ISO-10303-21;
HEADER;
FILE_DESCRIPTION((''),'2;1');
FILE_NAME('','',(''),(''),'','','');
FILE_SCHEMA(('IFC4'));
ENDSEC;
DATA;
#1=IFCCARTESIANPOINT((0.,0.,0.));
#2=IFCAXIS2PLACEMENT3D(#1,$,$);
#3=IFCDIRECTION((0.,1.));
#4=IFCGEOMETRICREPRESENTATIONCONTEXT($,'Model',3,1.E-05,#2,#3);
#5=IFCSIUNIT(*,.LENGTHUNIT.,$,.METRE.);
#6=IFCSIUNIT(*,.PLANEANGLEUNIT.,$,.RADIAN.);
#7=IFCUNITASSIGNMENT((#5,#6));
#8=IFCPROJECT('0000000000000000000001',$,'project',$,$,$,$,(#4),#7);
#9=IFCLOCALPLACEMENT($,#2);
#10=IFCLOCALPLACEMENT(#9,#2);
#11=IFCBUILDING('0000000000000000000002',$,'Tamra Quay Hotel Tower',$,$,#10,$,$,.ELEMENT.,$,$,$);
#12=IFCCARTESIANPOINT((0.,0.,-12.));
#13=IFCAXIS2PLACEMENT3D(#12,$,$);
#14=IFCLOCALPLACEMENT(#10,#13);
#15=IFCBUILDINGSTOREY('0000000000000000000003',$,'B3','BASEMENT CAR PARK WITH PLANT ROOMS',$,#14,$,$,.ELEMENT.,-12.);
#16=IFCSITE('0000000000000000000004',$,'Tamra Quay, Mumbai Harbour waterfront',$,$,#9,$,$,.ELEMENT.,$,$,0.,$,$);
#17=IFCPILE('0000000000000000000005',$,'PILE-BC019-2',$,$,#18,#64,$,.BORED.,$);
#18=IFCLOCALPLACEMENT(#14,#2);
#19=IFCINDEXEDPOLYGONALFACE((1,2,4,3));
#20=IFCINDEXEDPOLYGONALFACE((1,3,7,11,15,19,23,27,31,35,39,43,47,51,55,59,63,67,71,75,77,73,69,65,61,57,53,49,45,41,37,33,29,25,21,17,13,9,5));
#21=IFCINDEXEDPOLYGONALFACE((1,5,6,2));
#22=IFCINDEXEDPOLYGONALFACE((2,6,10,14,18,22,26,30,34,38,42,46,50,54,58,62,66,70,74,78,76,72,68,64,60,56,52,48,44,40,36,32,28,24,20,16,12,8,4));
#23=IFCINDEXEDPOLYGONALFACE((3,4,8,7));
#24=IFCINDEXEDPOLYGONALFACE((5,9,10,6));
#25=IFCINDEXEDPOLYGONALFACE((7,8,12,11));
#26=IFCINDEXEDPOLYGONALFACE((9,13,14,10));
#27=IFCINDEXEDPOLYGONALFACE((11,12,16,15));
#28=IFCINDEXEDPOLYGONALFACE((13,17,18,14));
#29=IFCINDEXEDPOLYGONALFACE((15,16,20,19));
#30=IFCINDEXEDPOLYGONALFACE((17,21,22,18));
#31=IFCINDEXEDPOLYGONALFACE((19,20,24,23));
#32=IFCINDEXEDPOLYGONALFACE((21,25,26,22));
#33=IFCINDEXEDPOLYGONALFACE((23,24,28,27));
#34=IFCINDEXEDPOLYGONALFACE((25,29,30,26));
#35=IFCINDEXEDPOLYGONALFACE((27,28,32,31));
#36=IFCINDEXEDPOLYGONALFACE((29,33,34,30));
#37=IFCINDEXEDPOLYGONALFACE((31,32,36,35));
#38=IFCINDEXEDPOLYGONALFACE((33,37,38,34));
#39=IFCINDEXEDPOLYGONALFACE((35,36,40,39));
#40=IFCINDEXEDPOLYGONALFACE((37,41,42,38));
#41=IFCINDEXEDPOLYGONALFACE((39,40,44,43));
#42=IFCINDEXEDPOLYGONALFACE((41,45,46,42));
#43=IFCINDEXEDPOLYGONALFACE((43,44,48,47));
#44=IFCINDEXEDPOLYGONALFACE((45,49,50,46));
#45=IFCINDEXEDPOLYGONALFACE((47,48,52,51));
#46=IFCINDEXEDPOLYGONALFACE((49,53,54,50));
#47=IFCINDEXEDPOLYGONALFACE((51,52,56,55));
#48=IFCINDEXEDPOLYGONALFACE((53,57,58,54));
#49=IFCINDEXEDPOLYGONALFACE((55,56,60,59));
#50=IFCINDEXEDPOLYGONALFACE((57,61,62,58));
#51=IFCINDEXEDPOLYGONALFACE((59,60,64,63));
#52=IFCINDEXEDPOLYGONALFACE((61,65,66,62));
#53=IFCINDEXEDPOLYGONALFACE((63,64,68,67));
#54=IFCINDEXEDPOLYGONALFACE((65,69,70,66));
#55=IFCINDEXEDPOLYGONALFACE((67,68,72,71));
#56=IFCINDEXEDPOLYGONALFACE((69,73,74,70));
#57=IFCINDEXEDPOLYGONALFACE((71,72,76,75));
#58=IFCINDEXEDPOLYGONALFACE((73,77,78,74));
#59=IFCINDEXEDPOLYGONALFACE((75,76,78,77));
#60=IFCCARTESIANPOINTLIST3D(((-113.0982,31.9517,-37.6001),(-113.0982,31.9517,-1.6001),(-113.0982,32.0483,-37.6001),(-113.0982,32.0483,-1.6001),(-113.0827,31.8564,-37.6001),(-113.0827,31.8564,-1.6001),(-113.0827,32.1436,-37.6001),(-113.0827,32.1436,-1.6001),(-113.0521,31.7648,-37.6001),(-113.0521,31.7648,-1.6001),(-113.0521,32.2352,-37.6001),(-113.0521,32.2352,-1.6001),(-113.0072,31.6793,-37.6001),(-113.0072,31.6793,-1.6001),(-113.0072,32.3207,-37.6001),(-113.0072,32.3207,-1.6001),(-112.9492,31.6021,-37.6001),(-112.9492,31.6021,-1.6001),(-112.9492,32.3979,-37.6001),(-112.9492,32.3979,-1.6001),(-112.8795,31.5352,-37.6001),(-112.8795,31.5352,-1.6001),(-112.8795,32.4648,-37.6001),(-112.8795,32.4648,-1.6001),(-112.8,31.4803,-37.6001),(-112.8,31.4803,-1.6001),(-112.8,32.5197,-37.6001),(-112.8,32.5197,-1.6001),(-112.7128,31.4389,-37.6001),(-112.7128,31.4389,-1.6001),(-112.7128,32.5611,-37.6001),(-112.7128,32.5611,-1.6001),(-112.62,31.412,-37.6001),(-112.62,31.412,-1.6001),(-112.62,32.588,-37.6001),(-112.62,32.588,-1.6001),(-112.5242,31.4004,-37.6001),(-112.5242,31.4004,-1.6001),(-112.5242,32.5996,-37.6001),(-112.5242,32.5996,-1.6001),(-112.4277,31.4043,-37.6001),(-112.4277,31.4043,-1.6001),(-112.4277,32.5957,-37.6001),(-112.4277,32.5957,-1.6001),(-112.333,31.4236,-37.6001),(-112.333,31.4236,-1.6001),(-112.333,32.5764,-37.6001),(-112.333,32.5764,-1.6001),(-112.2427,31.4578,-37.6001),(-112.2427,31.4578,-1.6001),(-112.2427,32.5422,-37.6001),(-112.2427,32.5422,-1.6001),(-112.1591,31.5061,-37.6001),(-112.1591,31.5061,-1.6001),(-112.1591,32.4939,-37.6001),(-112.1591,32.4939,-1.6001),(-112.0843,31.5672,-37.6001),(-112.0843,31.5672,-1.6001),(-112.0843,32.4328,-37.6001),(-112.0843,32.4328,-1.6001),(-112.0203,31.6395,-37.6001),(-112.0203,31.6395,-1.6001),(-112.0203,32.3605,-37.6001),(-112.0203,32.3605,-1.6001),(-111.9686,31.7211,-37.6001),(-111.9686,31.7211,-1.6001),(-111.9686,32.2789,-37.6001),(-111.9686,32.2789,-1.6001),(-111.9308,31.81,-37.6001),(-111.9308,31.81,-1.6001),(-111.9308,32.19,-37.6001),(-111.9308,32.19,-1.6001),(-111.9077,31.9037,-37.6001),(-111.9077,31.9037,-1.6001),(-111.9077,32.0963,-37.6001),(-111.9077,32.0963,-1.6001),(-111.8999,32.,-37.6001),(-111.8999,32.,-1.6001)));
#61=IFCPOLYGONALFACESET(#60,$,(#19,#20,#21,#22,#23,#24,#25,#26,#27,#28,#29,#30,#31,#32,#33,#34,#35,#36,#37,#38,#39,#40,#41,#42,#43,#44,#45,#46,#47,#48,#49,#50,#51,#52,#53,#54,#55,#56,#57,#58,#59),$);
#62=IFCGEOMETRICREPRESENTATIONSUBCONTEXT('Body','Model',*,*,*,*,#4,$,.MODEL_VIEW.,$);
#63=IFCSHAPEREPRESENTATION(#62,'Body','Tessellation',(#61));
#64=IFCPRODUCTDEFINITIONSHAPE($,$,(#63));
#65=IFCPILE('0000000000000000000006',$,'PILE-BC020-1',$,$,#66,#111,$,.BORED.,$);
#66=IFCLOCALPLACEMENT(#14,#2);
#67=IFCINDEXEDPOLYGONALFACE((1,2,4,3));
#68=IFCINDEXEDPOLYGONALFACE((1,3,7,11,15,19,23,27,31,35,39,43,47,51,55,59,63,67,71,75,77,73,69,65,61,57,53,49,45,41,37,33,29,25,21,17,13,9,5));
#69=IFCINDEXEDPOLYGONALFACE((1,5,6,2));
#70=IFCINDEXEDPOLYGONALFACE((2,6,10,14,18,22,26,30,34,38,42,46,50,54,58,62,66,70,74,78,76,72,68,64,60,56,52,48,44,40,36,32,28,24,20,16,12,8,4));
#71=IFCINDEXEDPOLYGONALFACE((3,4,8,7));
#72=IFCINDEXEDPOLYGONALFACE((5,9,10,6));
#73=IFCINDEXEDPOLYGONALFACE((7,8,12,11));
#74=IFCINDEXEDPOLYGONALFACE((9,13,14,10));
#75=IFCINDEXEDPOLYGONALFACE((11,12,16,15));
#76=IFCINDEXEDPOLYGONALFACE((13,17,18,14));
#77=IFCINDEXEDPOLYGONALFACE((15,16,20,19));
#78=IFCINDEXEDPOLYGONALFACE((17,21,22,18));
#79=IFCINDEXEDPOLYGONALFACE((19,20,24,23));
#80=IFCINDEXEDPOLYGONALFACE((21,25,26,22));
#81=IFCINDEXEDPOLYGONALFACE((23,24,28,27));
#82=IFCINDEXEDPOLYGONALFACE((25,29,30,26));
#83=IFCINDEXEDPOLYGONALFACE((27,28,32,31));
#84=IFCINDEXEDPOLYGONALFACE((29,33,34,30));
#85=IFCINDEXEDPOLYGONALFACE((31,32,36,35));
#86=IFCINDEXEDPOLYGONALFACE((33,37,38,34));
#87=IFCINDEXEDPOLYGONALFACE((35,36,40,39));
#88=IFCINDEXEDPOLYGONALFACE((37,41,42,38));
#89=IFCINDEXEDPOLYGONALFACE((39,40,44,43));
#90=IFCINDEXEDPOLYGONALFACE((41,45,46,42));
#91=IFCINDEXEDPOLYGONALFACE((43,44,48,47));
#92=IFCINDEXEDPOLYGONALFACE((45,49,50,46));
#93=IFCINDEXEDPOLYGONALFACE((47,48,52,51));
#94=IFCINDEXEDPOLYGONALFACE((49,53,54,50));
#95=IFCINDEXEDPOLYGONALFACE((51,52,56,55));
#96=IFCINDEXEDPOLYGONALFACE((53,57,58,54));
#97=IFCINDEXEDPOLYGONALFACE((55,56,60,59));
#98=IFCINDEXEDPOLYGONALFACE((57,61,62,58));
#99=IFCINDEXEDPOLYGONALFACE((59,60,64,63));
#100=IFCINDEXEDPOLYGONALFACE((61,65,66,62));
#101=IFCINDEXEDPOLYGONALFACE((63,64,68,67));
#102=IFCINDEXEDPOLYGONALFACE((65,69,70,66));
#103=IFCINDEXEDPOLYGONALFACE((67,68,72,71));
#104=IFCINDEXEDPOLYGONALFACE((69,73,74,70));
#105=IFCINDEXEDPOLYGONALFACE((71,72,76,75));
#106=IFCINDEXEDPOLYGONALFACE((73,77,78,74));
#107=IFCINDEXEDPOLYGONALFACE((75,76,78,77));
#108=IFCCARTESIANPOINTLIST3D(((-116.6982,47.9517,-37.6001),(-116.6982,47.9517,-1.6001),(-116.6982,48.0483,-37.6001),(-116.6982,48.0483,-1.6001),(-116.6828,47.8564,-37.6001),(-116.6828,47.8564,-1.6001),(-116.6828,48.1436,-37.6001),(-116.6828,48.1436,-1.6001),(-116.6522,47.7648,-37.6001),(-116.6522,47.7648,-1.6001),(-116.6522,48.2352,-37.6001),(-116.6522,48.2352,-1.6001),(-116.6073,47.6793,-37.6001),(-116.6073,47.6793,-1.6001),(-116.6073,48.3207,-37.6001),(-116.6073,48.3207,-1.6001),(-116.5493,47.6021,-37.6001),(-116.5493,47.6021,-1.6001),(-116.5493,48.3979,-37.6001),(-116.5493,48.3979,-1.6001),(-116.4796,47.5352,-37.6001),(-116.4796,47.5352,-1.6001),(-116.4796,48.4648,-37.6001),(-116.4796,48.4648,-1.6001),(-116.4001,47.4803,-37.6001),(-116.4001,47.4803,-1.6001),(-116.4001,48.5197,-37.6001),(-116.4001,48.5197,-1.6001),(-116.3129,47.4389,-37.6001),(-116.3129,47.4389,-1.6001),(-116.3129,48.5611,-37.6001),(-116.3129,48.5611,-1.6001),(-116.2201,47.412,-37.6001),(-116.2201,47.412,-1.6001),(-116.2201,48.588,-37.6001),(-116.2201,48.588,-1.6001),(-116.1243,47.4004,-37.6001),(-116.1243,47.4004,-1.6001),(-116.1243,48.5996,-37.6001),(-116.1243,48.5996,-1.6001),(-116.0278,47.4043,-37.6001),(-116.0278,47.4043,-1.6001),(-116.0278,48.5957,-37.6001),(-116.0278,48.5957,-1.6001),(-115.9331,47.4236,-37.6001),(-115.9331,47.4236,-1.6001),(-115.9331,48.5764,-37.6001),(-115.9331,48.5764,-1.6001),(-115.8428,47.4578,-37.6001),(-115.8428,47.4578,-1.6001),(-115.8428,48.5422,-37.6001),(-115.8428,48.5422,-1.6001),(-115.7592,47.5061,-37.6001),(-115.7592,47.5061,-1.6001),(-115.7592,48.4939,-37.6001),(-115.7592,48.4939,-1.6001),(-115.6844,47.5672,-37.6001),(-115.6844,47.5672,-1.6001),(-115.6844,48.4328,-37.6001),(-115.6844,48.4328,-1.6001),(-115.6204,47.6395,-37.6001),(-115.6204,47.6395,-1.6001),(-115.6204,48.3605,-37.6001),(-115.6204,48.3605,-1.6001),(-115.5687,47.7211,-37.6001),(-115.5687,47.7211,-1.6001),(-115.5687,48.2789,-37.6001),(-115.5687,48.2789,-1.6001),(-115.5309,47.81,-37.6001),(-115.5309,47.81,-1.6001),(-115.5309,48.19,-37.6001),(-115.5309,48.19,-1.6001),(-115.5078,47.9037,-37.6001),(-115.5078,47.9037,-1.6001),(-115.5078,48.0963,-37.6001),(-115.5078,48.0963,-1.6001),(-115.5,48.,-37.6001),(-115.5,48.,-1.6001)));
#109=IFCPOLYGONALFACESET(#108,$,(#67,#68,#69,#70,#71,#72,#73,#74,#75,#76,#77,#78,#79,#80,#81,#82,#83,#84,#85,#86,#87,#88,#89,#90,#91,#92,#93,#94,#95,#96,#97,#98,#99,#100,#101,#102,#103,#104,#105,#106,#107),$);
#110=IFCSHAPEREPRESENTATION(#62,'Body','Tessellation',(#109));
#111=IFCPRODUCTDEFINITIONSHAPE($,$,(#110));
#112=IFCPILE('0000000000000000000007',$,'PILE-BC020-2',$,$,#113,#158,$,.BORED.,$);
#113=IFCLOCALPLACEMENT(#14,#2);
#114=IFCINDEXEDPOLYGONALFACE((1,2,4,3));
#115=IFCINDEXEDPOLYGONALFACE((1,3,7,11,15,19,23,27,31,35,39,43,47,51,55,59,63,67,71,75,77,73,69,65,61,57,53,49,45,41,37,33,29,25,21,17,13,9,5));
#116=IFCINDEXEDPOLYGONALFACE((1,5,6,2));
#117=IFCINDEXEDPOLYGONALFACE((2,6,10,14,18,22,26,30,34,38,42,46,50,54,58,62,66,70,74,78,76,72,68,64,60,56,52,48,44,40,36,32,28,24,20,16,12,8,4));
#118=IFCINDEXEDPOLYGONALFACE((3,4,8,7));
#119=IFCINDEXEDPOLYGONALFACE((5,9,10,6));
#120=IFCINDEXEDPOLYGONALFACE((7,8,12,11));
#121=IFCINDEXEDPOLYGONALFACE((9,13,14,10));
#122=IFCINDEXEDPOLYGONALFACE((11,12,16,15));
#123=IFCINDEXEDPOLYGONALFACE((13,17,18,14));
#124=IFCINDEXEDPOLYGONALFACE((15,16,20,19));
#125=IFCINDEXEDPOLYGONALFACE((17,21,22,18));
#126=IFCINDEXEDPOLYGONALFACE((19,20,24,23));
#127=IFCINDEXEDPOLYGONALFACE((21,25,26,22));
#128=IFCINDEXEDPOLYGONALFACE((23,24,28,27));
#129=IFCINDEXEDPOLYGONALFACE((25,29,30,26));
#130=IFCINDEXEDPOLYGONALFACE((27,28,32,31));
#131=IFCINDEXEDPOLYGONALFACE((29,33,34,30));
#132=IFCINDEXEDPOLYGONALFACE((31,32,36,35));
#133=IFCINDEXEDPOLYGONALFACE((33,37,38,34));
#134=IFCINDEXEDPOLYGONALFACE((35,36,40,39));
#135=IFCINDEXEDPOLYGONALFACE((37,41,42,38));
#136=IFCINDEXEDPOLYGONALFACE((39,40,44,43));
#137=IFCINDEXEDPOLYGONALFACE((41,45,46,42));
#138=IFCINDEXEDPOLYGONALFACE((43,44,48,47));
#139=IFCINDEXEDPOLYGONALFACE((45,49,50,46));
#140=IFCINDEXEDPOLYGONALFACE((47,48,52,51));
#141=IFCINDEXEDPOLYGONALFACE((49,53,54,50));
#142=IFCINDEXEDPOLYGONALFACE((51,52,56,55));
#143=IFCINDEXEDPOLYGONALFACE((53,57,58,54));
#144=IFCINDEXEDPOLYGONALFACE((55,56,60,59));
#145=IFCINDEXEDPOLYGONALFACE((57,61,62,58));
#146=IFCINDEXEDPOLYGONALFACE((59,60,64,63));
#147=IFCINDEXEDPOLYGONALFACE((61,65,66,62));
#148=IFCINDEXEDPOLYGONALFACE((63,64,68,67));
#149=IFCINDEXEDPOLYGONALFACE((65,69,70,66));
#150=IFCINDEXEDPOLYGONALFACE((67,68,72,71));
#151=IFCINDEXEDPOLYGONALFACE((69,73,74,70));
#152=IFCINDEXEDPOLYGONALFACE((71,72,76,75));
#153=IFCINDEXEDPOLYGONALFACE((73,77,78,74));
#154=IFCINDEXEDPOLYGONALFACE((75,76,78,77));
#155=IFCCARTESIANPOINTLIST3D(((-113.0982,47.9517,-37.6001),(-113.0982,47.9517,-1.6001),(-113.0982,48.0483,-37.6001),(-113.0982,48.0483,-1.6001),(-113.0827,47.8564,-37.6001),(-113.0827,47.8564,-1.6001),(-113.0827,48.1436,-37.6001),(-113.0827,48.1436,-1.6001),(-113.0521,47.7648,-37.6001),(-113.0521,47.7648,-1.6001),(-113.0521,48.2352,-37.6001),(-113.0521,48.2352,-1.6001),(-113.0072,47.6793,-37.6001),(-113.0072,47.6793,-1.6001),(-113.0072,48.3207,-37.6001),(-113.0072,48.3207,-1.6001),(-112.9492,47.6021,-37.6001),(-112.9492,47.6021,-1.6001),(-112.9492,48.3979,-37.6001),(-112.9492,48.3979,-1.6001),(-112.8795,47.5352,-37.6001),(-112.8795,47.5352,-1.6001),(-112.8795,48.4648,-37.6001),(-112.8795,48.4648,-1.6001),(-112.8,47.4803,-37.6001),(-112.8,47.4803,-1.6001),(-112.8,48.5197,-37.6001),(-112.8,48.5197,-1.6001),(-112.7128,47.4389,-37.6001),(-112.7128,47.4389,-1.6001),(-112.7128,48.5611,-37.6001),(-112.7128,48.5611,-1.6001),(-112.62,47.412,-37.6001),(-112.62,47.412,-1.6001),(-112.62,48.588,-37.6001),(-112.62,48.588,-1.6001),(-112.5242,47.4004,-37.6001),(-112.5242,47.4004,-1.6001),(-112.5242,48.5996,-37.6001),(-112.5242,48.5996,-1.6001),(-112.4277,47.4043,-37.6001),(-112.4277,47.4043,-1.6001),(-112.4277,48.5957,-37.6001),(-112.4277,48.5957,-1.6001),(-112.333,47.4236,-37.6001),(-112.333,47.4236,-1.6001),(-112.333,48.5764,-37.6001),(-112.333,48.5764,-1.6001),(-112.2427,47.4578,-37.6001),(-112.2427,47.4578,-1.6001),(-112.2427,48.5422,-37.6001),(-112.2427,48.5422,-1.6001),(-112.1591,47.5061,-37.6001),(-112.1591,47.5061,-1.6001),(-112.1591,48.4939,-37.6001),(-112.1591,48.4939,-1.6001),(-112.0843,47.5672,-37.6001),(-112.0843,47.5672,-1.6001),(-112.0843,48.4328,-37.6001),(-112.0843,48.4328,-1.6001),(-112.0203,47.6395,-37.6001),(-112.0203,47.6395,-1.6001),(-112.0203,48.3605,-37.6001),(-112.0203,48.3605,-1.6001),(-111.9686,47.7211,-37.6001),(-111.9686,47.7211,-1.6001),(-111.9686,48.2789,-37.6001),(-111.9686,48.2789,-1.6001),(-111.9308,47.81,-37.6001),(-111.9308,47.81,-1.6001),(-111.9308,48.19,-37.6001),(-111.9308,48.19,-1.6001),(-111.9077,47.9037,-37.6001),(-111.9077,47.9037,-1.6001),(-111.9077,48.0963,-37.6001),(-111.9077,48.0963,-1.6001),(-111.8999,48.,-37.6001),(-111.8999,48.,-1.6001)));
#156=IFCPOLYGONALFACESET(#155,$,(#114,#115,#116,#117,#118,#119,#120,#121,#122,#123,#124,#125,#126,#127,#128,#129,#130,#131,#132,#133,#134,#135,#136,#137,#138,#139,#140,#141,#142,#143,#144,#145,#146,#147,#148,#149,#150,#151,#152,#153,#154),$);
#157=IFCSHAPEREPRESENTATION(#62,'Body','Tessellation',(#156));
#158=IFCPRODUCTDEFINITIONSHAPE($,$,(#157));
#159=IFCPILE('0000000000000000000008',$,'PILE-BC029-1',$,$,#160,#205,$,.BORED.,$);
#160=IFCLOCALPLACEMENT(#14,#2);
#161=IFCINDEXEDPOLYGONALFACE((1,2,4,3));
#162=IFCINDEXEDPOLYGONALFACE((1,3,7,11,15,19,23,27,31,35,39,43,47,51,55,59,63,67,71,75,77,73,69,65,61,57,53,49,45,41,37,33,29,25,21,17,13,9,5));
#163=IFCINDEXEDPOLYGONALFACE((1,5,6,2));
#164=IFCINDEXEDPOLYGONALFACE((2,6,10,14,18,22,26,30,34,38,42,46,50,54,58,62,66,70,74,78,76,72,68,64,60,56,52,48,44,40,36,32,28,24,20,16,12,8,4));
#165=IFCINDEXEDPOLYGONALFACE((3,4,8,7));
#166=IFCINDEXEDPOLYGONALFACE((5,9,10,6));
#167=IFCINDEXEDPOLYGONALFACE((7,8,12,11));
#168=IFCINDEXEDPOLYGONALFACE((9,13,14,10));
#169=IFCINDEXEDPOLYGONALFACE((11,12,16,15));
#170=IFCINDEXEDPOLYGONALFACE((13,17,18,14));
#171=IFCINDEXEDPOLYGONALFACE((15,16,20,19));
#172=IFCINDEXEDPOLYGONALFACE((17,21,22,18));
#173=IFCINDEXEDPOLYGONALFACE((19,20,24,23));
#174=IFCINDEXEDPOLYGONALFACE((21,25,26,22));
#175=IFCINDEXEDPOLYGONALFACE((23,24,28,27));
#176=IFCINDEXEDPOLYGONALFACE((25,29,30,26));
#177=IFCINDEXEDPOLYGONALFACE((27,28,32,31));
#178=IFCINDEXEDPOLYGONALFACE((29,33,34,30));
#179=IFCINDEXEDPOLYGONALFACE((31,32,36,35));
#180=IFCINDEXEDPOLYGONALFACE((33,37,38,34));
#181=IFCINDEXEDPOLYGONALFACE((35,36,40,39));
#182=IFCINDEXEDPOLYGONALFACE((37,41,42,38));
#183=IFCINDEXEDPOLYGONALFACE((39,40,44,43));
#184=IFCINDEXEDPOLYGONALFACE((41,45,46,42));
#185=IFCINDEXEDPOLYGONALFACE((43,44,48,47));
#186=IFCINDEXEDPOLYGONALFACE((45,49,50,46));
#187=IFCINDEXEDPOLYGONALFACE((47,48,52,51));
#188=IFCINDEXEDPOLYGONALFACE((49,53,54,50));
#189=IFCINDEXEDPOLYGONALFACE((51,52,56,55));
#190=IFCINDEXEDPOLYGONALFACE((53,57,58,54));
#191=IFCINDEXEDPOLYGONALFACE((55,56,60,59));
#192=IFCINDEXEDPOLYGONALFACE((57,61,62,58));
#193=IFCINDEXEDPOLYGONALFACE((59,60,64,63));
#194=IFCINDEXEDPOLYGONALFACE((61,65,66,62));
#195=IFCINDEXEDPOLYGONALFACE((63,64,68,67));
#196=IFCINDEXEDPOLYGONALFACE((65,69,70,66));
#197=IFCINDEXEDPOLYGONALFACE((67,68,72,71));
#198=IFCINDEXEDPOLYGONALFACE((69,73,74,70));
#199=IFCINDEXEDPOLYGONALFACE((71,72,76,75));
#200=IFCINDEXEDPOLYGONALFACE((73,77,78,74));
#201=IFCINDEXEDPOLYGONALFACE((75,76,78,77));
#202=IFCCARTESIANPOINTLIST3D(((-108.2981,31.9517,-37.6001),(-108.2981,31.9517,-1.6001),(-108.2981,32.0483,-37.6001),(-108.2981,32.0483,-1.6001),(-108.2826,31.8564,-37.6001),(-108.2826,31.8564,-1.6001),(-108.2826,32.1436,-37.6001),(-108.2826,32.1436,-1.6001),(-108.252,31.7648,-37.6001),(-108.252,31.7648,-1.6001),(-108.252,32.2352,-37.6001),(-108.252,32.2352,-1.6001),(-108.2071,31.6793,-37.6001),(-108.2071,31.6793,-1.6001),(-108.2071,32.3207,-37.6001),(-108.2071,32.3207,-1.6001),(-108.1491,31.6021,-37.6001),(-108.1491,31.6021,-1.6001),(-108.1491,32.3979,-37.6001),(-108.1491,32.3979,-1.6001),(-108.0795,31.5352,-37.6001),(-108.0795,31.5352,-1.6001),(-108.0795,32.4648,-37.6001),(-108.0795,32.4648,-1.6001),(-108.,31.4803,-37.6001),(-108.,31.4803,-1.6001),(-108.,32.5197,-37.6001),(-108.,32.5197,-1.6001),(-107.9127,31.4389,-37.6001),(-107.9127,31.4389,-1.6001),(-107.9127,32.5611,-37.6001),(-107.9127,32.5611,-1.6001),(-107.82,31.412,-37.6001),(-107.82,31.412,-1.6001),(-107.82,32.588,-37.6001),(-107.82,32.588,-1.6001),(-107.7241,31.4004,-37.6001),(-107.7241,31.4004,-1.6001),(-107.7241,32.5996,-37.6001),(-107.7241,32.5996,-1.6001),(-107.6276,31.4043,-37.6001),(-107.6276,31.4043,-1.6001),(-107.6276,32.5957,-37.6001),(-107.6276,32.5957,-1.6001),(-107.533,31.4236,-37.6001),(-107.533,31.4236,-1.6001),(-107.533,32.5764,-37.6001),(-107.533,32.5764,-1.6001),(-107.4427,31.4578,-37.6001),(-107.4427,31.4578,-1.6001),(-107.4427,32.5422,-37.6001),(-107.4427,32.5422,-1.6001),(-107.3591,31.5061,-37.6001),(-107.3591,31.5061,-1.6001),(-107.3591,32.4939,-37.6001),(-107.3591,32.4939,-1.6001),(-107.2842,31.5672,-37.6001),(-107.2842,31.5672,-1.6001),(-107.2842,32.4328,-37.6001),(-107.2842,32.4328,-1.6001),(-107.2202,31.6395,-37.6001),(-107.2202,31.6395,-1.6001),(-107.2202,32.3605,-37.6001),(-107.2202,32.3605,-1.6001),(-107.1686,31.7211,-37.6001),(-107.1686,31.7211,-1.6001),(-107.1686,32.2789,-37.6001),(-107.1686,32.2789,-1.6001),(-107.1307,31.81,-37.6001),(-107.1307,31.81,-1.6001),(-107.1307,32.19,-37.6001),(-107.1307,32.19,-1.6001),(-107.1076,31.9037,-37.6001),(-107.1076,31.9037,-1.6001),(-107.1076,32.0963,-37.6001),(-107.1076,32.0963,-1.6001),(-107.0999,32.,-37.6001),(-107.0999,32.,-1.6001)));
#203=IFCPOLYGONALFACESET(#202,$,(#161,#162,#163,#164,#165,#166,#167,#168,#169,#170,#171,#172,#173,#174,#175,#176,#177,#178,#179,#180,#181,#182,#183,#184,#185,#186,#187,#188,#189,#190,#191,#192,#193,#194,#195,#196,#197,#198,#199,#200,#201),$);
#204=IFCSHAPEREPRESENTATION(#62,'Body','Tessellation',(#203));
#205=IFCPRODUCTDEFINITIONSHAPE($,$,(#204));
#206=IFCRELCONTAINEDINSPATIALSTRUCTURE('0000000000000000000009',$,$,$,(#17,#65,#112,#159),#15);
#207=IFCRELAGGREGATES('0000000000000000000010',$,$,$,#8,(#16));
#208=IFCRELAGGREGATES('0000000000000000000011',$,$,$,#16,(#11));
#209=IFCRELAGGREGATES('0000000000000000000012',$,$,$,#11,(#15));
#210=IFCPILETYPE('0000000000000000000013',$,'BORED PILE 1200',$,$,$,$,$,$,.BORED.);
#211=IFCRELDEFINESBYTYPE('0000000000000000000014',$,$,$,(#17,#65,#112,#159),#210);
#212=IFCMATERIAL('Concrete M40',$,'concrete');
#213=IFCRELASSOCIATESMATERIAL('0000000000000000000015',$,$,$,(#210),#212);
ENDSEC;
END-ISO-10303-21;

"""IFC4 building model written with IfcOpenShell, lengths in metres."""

from ifc_helpers import new_model, si_unit, direction, frame, origin, origin_2d, place, context, subcontext, project, spatial, circle, extrude, material, material_profile, profile_set, type_object, element, save


model = new_model("IFC4")

# Units and contexts
model_context = context("Model", 3, precision=1e-05, world=origin(), true_north=direction((0.0, 1.0)))
body_context = subcontext(model_context, "Body", "Model", "MODEL_VIEW")
ifc_project = project(units=[si_unit("LENGTHUNIT", "METRE"), si_unit("PLANEANGLEUNIT", "RADIAN")], contexts=[model_context])

# Site, building, storey
site_placement = place(None, origin())
site = spatial("IfcSite", under=ifc_project, at=site_placement, Name="Tamra Quay, Mumbai Harbour waterfront", CompositionType="ELEMENT", RefElevation=0.0)
building_placement = place(site_placement, origin())
building = spatial("IfcBuilding", under=site, at=building_placement, Name="Tamra Quay Hotel Tower", CompositionType="ELEMENT")
storey_placement = place(building_placement, frame((0.0, 0.0, -12.0)))
storey = spatial("IfcBuildingStorey", under=building, at=storey_placement, Name="B3", Description="BASEMENT CAR PARK WITH PLANT ROOMS", CompositionType="ELEMENT", Elevation=-12.0)

# Piles
ifc_material_1 = material(Name="Concrete M40", Category="concrete")
ifc_material_profile_1 = material_profile(ifc_material_1, circle(Radius=0.6001, at=origin_2d()), Name="BORED PILE 1200")
ifc_profile_set_1 = profile_set([ifc_material_profile_1], Name="Concrete M40")
pile_type = type_object("IfcPileType", Name="BORED PILE 1200", PredefinedType="BORED", material=ifc_profile_set_1)
for number, where, z_axis, x_axis, name in (
    (1, (-112.5, 32.0, -1.6001), (0.0, 0.0, -1.0), (1.0, 0.0, 0.0), "PILE-BC019-2"),
    (2, (-116.1001, 48.0, -1.6001), (0.0, 0.0, -1.0), (1.0, 0.0, 0.0), "PILE-BC020-1"),
    (3, (-112.5, 48.0, -1.6001), (0.0, 0.0, -1.0), (1.0, 0.0, 0.0), "PILE-BC020-2"),
    (4, (-107.7, 32.0, -1.6001), (0.0, 0.0, -1.0), (1.0, 0.0, 0.0), "PILE-BC029-1"),
):
    element("IfcPile", number, at=place(storey_placement, frame(where, z_axis=z_axis, x_axis=x_axis)), inside=storey, type_object=pile_type, Name=name, PredefinedType="BORED", context=body_context, shape_type="SweptSolid", body=[
        extrude(circle(Radius=0.6001, at=origin_2d()), origin(), (0.0, 0.0, 1.0), 36.0),
    ])

save(model, "model.ifc")
